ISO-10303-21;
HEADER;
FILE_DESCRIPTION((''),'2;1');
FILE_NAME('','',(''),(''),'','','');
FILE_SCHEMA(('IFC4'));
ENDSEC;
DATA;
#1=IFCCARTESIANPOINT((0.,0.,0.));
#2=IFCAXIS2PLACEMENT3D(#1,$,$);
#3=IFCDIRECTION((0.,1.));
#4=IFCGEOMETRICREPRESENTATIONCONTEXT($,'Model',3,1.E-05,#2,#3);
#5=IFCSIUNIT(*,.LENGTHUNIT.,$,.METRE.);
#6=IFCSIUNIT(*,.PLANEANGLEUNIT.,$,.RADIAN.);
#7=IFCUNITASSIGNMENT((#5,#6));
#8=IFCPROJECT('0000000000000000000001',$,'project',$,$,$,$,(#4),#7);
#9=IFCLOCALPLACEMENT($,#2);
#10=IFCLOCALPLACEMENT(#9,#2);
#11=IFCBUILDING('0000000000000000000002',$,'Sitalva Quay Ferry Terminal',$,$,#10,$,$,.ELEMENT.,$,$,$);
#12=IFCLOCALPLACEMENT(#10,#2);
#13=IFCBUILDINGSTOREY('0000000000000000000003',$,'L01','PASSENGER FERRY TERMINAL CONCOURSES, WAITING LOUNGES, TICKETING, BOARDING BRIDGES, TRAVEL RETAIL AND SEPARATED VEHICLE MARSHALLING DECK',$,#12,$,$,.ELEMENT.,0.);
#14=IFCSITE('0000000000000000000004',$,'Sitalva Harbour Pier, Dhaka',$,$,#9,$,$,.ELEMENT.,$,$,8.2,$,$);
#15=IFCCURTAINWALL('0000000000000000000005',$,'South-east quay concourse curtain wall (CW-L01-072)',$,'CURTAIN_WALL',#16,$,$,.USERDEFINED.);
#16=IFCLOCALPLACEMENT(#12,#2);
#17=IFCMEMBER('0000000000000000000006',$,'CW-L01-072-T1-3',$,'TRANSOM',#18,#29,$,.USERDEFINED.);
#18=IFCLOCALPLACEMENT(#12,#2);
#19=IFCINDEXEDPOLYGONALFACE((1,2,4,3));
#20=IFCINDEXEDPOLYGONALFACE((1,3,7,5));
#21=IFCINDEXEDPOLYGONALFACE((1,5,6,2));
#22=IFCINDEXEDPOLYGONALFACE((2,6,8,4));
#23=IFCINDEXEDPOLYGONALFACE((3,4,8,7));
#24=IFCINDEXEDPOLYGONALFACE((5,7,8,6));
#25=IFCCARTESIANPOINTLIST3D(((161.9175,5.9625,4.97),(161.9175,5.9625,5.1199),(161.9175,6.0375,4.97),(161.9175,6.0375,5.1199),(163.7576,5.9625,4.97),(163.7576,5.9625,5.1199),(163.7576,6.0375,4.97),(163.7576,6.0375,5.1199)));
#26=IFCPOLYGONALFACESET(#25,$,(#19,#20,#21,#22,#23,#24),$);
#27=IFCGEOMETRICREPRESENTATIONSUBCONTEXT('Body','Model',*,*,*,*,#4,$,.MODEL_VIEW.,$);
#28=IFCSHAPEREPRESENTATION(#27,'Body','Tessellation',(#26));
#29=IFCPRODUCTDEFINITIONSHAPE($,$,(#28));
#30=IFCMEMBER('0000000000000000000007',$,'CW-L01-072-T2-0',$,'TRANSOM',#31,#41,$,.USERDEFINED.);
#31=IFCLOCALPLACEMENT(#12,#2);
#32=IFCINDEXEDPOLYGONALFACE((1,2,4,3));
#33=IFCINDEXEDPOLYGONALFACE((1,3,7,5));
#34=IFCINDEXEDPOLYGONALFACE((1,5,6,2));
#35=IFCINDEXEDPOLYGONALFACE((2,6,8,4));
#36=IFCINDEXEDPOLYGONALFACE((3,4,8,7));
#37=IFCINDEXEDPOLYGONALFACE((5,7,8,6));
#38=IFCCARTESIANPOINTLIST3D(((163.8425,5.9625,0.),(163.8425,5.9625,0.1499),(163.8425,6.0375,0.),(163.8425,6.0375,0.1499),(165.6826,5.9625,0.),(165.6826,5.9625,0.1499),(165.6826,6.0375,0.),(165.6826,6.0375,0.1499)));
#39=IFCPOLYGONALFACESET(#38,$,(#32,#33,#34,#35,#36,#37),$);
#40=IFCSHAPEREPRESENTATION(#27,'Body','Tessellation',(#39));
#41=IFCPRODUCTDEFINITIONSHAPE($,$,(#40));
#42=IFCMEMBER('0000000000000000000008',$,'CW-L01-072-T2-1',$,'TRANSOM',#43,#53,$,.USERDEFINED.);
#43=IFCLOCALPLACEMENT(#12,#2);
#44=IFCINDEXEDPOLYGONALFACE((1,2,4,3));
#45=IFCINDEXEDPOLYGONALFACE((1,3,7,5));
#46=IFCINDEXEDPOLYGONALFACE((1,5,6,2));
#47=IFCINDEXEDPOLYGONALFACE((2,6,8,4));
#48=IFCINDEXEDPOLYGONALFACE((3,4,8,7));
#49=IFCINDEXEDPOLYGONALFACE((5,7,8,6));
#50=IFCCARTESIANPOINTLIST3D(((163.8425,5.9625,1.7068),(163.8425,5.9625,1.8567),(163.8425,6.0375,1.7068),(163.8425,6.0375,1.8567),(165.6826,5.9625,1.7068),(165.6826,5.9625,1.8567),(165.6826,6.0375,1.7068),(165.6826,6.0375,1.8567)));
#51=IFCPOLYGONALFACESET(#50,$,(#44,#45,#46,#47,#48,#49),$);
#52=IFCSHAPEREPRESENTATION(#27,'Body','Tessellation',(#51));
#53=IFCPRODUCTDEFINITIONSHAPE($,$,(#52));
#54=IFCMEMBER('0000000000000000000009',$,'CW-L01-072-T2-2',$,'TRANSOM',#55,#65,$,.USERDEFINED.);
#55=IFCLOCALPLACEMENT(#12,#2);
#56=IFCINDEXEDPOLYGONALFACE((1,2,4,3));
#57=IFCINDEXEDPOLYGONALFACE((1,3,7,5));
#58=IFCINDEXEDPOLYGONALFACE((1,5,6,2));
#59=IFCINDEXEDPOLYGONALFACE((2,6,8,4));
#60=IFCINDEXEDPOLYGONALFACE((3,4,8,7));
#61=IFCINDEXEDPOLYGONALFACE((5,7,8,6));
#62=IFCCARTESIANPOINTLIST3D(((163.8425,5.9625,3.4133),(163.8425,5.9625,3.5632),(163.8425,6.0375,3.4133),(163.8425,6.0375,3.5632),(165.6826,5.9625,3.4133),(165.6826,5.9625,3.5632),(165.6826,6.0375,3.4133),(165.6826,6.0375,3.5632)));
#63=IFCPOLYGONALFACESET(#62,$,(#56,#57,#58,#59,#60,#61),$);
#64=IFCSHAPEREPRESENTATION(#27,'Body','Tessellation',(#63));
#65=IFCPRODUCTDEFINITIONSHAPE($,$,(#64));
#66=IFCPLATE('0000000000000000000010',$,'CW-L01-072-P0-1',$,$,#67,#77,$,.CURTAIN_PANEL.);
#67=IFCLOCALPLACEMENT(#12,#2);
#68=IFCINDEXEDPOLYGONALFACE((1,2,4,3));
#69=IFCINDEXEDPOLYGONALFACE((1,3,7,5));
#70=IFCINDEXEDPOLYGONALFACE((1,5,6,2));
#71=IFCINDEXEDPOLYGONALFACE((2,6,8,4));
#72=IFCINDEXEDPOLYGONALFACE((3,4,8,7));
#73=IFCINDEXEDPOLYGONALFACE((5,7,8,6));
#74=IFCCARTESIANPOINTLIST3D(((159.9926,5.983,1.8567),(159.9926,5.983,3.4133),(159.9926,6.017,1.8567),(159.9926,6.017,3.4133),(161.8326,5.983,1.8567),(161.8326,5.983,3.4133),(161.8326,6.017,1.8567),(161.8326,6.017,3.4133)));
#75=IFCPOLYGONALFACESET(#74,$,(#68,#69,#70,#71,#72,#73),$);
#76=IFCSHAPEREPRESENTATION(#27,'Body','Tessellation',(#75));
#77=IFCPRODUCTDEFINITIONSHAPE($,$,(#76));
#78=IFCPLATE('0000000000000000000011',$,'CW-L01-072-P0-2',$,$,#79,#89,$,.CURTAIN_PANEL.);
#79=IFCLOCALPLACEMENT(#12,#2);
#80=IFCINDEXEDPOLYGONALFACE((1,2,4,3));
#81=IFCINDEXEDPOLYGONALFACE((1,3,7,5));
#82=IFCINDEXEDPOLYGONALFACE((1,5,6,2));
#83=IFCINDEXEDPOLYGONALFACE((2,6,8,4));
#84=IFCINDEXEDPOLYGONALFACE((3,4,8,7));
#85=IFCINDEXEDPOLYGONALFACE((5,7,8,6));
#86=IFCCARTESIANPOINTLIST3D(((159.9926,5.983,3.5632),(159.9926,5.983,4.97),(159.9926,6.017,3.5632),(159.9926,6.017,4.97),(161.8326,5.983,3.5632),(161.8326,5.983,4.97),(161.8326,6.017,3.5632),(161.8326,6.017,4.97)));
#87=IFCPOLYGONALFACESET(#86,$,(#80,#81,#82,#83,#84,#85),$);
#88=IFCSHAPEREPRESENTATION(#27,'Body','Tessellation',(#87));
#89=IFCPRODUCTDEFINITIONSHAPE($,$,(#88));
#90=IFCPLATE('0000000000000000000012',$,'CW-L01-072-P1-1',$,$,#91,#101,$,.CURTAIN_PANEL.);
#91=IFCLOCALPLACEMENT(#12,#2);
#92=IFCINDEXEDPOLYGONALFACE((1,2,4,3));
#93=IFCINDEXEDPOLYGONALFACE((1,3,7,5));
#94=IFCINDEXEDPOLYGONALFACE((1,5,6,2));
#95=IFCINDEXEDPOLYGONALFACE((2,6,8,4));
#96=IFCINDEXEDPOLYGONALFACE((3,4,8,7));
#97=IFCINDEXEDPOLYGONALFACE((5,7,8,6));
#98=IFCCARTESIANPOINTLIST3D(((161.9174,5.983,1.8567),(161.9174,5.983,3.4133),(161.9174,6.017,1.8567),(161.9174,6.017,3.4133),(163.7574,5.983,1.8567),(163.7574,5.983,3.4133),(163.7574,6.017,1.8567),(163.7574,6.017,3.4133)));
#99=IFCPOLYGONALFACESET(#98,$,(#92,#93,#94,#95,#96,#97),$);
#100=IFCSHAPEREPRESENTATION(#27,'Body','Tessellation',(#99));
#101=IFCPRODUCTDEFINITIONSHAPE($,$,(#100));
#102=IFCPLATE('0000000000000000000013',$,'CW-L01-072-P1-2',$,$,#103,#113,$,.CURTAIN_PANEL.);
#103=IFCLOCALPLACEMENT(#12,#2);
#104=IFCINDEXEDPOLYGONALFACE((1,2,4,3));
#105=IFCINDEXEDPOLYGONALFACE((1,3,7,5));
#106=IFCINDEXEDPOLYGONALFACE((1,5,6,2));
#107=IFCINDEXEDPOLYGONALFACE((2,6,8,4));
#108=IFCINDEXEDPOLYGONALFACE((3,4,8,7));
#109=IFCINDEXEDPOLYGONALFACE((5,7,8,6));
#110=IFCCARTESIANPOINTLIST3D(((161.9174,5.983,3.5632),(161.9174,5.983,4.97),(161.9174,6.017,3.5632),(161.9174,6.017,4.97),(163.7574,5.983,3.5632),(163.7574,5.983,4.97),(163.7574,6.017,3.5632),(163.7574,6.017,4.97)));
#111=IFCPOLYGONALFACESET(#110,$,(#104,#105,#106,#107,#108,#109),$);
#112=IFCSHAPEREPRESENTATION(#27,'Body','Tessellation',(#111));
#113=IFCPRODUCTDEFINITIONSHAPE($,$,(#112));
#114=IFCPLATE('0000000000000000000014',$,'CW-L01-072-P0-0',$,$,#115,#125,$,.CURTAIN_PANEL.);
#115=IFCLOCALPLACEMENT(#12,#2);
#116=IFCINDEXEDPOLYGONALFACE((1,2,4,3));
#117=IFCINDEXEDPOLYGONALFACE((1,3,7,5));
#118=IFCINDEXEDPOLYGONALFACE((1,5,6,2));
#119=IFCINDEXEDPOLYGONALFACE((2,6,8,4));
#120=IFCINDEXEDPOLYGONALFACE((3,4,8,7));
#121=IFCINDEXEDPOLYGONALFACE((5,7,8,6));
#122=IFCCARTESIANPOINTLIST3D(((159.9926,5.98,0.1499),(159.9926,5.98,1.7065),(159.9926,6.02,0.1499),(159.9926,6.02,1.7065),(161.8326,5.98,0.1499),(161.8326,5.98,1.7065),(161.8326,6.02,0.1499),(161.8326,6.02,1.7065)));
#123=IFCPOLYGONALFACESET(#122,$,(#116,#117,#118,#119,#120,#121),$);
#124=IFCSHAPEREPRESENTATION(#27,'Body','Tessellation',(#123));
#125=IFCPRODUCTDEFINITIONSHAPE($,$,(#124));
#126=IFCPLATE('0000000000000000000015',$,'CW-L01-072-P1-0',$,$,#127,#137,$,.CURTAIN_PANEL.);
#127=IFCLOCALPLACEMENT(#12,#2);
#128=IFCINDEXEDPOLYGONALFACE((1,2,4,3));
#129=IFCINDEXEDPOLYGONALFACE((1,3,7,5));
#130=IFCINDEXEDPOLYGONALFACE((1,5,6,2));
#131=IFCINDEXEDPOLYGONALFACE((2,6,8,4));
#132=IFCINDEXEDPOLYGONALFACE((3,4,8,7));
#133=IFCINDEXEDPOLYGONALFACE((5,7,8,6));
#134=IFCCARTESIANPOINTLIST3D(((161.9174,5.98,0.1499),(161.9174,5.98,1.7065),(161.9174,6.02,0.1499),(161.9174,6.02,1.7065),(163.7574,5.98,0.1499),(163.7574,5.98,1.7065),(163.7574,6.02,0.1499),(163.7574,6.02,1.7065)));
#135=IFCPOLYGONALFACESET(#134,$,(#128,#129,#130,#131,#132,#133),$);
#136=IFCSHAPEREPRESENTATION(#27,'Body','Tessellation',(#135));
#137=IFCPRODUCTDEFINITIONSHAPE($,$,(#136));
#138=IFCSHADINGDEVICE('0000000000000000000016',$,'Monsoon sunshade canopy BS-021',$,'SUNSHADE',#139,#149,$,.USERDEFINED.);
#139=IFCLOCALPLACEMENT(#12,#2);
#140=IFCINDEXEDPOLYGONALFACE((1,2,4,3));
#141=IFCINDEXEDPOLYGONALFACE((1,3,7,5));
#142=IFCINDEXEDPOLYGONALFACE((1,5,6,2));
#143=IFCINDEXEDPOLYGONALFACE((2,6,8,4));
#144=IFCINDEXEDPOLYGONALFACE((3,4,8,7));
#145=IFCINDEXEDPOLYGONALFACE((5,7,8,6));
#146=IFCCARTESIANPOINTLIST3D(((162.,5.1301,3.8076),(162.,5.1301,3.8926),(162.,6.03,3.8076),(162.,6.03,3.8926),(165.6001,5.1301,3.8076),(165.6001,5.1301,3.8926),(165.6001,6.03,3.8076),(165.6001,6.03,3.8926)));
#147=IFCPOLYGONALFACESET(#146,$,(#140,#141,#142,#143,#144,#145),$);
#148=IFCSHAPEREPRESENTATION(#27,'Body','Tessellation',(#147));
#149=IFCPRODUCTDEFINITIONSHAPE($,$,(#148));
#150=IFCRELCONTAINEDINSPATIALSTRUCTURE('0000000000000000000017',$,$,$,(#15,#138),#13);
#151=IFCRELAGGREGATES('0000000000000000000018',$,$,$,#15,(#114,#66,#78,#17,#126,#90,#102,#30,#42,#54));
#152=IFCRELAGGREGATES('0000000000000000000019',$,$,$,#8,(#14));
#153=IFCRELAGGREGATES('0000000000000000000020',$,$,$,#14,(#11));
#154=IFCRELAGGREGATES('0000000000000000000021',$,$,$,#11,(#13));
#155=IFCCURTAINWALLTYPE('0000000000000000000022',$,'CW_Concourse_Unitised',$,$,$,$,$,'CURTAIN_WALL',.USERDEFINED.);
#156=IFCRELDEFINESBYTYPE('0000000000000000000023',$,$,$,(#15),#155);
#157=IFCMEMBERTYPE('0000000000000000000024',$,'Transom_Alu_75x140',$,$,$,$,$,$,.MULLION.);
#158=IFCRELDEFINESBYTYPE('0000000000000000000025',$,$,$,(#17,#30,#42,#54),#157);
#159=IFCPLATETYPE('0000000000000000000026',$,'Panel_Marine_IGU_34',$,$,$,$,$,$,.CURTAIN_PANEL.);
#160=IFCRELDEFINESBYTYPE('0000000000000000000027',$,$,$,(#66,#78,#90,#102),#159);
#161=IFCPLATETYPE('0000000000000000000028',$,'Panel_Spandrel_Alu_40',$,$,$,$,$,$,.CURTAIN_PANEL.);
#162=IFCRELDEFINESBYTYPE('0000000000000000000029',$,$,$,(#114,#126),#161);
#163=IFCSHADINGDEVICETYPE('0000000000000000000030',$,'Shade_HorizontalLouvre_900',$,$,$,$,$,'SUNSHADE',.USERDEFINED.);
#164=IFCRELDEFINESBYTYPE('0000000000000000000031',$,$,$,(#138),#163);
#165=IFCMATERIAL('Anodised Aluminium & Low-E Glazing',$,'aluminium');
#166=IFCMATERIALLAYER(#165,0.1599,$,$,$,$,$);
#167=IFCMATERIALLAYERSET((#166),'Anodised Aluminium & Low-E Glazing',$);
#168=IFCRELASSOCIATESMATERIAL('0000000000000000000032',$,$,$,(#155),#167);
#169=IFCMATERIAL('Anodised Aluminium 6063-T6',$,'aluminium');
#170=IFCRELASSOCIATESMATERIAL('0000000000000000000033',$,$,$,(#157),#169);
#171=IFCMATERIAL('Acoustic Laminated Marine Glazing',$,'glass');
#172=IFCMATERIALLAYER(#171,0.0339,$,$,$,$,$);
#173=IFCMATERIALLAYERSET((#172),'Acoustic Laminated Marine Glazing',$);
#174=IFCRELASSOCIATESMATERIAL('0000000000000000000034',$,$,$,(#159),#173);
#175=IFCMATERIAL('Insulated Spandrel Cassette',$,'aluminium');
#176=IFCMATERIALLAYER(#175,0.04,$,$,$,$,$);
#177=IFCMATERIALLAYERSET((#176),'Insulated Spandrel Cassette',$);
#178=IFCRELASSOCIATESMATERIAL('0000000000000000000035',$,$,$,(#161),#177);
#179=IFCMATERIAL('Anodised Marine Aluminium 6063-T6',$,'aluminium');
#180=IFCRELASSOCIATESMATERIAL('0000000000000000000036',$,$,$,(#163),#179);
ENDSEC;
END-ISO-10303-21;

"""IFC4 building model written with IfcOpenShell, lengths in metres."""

from ifc_helpers import new_model, si_unit, direction, frame, origin, origin_2d, place, context, subcontext, project, spatial, rectangle, extrude, material, layer, layer_set, material_profile, profile_set, type_object, element, aggregate, save


model = new_model("IFC4")

# Units and contexts
model_context = context("Model", 3, precision=1e-05, world=origin(), true_north=direction((0.0, 1.0)))
body_context = subcontext(model_context, "Body", "Model", "MODEL_VIEW")
ifc_project = project(units=[si_unit("LENGTHUNIT", "METRE"), si_unit("PLANEANGLEUNIT", "RADIAN")], contexts=[model_context])

# Site, building, storey
site_placement = place(None, origin())
site = spatial("IfcSite", under=ifc_project, at=site_placement, Name="Sitalva Harbour Pier, Dhaka", CompositionType="ELEMENT", RefElevation=8.2)
building_placement = place(site_placement, origin())
building = spatial("IfcBuilding", under=site, at=building_placement, Name="Sitalva Quay Ferry Terminal", CompositionType="ELEMENT")
storey_placement = place(building_placement, origin())
storey = spatial("IfcBuildingStorey", under=building, at=storey_placement, Name="L01", Description="PASSENGER FERRY TERMINAL CONCOURSES, WAITING LOUNGES, TICKETING, BOARDING BRIDGES, TRAVEL RETAIL AND SEPARATED VEHICLE MARSHALLING DECK", CompositionType="ELEMENT", Elevation=0.0)

# Curtain wall, members, plates
ifc_material_1 = material(Name="Anodised Aluminium & Low-E Glazing", Category="aluminium")
ifc_layer_1 = layer(ifc_material_1, 0.1599)
ifc_layer_set_1 = layer_set([ifc_layer_1], Name="Anodised Aluminium & Low-E Glazing")
curtain_wall_type = type_object("IfcCurtainWallType", Name="CW_Concourse_Unitised", ElementType="CURTAIN_WALL", PredefinedType="USERDEFINED", material=ifc_layer_set_1)
curtain_wall_placement = place(storey_placement, origin())
curtain_wall = element("IfcCurtainWall", 1, at=curtain_wall_placement, inside=storey, type_object=curtain_wall_type, Name="South-east quay concourse curtain wall (CW-L01-072)", ObjectType="CURTAIN_WALL", PredefinedType="USERDEFINED")
ifc_material_2 = material(Name="Anodised Aluminium 6063-T6", Category="aluminium")
ifc_material_profile_1 = material_profile(ifc_material_2, rectangle(XDim=0.075, YDim=0.1499, at=origin_2d()), Name="ALU75x150")
ifc_profile_set_1 = profile_set([ifc_material_profile_1], Name="Anodised Aluminium 6063-T6")
member_type_1 = type_object("IfcMemberType", Name="Transom_Alu_75x140", PredefinedType="MULLION", material=ifc_profile_set_1)
member_1_placement = place(storey_placement, frame((161.9175, 6.0, 5.0449), z_axis=(1.0, 0.0, 0.0), x_axis=(0.0, 1.0, 0.0)))
member_1 = element("IfcMember", 2, at=member_1_placement, type_object=member_type_1, Name="CW-L01-072-T1-3", ObjectType="TRANSOM", PredefinedType="USERDEFINED", context=body_context, shape_type="SweptSolid", body=[
    extrude(rectangle(XDim=0.075, YDim=0.1499, at=origin_2d()), origin(), (0.0, 0.0, 1.0), 1.8401),
])
member_2_placement = place(storey_placement, frame((163.8425, 6.0, 0.075), z_axis=(1.0, 0.0, 0.0), x_axis=(0.0, 1.0, 0.0)))
member_2 = element("IfcMember", 3, at=member_2_placement, type_object=member_type_1, Name="CW-L01-072-T2-0", ObjectType="TRANSOM", PredefinedType="USERDEFINED", context=body_context, shape_type="SweptSolid", body=[
    extrude(rectangle(XDim=0.075, YDim=0.1499, at=origin_2d()), origin(), (0.0, 0.0, 1.0), 1.8401),
])
member_3_placement = place(storey_placement, frame((163.8425, 6.0, 1.7817), z_axis=(1.0, 0.0, 0.0), x_axis=(0.0, 1.0, 0.0)))
member_3 = element("IfcMember", 4, at=member_3_placement, type_object=member_type_1, Name="CW-L01-072-T2-1", ObjectType="TRANSOM", PredefinedType="USERDEFINED", context=body_context, shape_type="SweptSolid", body=[
    extrude(rectangle(XDim=0.075, YDim=0.1499, at=origin_2d()), origin(), (0.0, 0.0, 1.0), 1.8401),
])
member_4_placement = place(storey_placement, frame((163.8425, 6.0, 3.4883), z_axis=(1.0, 0.0, 0.0), x_axis=(0.0, 1.0, 0.0)))
member_4 = element("IfcMember", 5, at=member_4_placement, type_object=member_type_1, Name="CW-L01-072-T2-2", ObjectType="TRANSOM", PredefinedType="USERDEFINED", context=body_context, shape_type="SweptSolid", body=[
    extrude(rectangle(XDim=0.075, YDim=0.1499, at=origin_2d()), origin(), (0.0, 0.0, 1.0), 1.8401),
])
ifc_material_3 = material(Name="Acoustic Laminated Marine Glazing", Category="glass")
ifc_layer_2 = layer(ifc_material_3, 0.0339)
ifc_layer_set_2 = layer_set([ifc_layer_2], Name="Acoustic Laminated Marine Glazing")
plate_type_1 = type_object("IfcPlateType", Name="Panel_Marine_IGU_34", PredefinedType="CURTAIN_PANEL", material=ifc_layer_set_2)
plate_1_placement = place(storey_placement, frame((160.9126, 6.0, 1.8567), z_axis=(0.0, 0.0, 1.0), x_axis=(1.0, 0.0, 0.0)))
plate_1 = element("IfcPlate", 6, at=plate_1_placement, type_object=plate_type_1, Name="CW-L01-072-P0-1", PredefinedType="CURTAIN_PANEL", context=body_context, shape_type="SweptSolid", body=[
    extrude(rectangle(XDim=1.8401, YDim=0.0339, at=origin_2d()), origin(), (0.0, 0.0, 1.0), 1.5566),
])
plate_2_placement = place(storey_placement, frame((160.9126, 6.0, 3.5632), z_axis=(0.0, 0.0, 1.0), x_axis=(1.0, 0.0, 0.0)))
plate_2 = element("IfcPlate", 7, at=plate_2_placement, type_object=plate_type_1, Name="CW-L01-072-P0-2", PredefinedType="CURTAIN_PANEL", context=body_context, shape_type="SweptSolid", body=[
    extrude(rectangle(XDim=1.8401, YDim=0.0339, at=origin_2d()), origin(), (0.0, 0.0, 1.0), 1.4067),
])
plate_3_placement = place(storey_placement, frame((162.8374, 6.0, 1.8567), z_axis=(0.0, 0.0, 1.0), x_axis=(1.0, 0.0, 0.0)))
plate_3 = element("IfcPlate", 8, at=plate_3_placement, type_object=plate_type_1, Name="CW-L01-072-P1-1", PredefinedType="CURTAIN_PANEL", context=body_context, shape_type="SweptSolid", body=[
    extrude(rectangle(XDim=1.8401, YDim=0.0339, at=origin_2d()), origin(), (0.0, 0.0, 1.0), 1.5566),
])
plate_4_placement = place(storey_placement, frame((162.8374, 6.0, 3.5632), z_axis=(0.0, 0.0, 1.0), x_axis=(1.0, 0.0, 0.0)))
plate_4 = element("IfcPlate", 9, at=plate_4_placement, type_object=plate_type_1, Name="CW-L01-072-P1-2", PredefinedType="CURTAIN_PANEL", context=body_context, shape_type="SweptSolid", body=[
    extrude(rectangle(XDim=1.8401, YDim=0.0339, at=origin_2d()), origin(), (0.0, 0.0, 1.0), 1.4067),
])
ifc_material_4 = material(Name="Insulated Spandrel Cassette", Category="aluminium")
ifc_layer_3 = layer(ifc_material_4, 0.04)
ifc_layer_set_3 = layer_set([ifc_layer_3], Name="Insulated Spandrel Cassette")
plate_type_2 = type_object("IfcPlateType", Name="Panel_Spandrel_Alu_40", PredefinedType="CURTAIN_PANEL", material=ifc_layer_set_3)
plate_5_placement = place(storey_placement, frame((160.9126, 6.0, 0.1499), z_axis=(0.0, 0.0, 1.0), x_axis=(1.0, 0.0, 0.0)))
plate_5 = element("IfcPlate", 10, at=plate_5_placement, type_object=plate_type_2, Name="CW-L01-072-P0-0", PredefinedType="CURTAIN_PANEL", context=body_context, shape_type="SweptSolid", body=[
    extrude(rectangle(XDim=1.8401, YDim=0.04, at=origin_2d()), origin(), (0.0, 0.0, 1.0), 1.5566),
])
plate_6_placement = place(storey_placement, frame((162.8374, 6.0, 0.1499), z_axis=(0.0, 0.0, 1.0), x_axis=(1.0, 0.0, 0.0)))
plate_6 = element("IfcPlate", 11, at=plate_6_placement, type_object=plate_type_2, Name="CW-L01-072-P1-0", PredefinedType="CURTAIN_PANEL", context=body_context, shape_type="SweptSolid", body=[
    extrude(rectangle(XDim=1.8401, YDim=0.04, at=origin_2d()), origin(), (0.0, 0.0, 1.0), 1.5566),
])
aggregate(curtain_wall, [plate_5, plate_1, plate_2, member_1, plate_6, plate_3, plate_4, member_2, member_3, member_4])

# Shading device
ifc_material_5 = material(Name="Anodised Marine Aluminium 6063-T6", Category="aluminium")
shading_device_type = type_object("IfcShadingDeviceType", Name="Shade_HorizontalLouvre_900", ElementType="SUNSHADE", PredefinedType="USERDEFINED", material=ifc_material_5)
shading_device_placement = place(storey_placement, frame((163.8, 5.5801, 3.8076), z_axis=(0.0, 0.0, 1.0), x_axis=(1.0, 0.0, 0.0)))
element("IfcShadingDevice", 12, at=shading_device_placement, inside=storey, type_object=shading_device_type, Name="Monsoon sunshade canopy BS-021", ObjectType="SUNSHADE", PredefinedType="USERDEFINED", context=body_context, shape_type="SweptSolid", body=[
    extrude(rectangle(XDim=3.6001, YDim=0.8999, at=origin_2d()), origin(), (0.0, 0.0, 1.0), 0.085),
])

save(model, "model.ifc")
